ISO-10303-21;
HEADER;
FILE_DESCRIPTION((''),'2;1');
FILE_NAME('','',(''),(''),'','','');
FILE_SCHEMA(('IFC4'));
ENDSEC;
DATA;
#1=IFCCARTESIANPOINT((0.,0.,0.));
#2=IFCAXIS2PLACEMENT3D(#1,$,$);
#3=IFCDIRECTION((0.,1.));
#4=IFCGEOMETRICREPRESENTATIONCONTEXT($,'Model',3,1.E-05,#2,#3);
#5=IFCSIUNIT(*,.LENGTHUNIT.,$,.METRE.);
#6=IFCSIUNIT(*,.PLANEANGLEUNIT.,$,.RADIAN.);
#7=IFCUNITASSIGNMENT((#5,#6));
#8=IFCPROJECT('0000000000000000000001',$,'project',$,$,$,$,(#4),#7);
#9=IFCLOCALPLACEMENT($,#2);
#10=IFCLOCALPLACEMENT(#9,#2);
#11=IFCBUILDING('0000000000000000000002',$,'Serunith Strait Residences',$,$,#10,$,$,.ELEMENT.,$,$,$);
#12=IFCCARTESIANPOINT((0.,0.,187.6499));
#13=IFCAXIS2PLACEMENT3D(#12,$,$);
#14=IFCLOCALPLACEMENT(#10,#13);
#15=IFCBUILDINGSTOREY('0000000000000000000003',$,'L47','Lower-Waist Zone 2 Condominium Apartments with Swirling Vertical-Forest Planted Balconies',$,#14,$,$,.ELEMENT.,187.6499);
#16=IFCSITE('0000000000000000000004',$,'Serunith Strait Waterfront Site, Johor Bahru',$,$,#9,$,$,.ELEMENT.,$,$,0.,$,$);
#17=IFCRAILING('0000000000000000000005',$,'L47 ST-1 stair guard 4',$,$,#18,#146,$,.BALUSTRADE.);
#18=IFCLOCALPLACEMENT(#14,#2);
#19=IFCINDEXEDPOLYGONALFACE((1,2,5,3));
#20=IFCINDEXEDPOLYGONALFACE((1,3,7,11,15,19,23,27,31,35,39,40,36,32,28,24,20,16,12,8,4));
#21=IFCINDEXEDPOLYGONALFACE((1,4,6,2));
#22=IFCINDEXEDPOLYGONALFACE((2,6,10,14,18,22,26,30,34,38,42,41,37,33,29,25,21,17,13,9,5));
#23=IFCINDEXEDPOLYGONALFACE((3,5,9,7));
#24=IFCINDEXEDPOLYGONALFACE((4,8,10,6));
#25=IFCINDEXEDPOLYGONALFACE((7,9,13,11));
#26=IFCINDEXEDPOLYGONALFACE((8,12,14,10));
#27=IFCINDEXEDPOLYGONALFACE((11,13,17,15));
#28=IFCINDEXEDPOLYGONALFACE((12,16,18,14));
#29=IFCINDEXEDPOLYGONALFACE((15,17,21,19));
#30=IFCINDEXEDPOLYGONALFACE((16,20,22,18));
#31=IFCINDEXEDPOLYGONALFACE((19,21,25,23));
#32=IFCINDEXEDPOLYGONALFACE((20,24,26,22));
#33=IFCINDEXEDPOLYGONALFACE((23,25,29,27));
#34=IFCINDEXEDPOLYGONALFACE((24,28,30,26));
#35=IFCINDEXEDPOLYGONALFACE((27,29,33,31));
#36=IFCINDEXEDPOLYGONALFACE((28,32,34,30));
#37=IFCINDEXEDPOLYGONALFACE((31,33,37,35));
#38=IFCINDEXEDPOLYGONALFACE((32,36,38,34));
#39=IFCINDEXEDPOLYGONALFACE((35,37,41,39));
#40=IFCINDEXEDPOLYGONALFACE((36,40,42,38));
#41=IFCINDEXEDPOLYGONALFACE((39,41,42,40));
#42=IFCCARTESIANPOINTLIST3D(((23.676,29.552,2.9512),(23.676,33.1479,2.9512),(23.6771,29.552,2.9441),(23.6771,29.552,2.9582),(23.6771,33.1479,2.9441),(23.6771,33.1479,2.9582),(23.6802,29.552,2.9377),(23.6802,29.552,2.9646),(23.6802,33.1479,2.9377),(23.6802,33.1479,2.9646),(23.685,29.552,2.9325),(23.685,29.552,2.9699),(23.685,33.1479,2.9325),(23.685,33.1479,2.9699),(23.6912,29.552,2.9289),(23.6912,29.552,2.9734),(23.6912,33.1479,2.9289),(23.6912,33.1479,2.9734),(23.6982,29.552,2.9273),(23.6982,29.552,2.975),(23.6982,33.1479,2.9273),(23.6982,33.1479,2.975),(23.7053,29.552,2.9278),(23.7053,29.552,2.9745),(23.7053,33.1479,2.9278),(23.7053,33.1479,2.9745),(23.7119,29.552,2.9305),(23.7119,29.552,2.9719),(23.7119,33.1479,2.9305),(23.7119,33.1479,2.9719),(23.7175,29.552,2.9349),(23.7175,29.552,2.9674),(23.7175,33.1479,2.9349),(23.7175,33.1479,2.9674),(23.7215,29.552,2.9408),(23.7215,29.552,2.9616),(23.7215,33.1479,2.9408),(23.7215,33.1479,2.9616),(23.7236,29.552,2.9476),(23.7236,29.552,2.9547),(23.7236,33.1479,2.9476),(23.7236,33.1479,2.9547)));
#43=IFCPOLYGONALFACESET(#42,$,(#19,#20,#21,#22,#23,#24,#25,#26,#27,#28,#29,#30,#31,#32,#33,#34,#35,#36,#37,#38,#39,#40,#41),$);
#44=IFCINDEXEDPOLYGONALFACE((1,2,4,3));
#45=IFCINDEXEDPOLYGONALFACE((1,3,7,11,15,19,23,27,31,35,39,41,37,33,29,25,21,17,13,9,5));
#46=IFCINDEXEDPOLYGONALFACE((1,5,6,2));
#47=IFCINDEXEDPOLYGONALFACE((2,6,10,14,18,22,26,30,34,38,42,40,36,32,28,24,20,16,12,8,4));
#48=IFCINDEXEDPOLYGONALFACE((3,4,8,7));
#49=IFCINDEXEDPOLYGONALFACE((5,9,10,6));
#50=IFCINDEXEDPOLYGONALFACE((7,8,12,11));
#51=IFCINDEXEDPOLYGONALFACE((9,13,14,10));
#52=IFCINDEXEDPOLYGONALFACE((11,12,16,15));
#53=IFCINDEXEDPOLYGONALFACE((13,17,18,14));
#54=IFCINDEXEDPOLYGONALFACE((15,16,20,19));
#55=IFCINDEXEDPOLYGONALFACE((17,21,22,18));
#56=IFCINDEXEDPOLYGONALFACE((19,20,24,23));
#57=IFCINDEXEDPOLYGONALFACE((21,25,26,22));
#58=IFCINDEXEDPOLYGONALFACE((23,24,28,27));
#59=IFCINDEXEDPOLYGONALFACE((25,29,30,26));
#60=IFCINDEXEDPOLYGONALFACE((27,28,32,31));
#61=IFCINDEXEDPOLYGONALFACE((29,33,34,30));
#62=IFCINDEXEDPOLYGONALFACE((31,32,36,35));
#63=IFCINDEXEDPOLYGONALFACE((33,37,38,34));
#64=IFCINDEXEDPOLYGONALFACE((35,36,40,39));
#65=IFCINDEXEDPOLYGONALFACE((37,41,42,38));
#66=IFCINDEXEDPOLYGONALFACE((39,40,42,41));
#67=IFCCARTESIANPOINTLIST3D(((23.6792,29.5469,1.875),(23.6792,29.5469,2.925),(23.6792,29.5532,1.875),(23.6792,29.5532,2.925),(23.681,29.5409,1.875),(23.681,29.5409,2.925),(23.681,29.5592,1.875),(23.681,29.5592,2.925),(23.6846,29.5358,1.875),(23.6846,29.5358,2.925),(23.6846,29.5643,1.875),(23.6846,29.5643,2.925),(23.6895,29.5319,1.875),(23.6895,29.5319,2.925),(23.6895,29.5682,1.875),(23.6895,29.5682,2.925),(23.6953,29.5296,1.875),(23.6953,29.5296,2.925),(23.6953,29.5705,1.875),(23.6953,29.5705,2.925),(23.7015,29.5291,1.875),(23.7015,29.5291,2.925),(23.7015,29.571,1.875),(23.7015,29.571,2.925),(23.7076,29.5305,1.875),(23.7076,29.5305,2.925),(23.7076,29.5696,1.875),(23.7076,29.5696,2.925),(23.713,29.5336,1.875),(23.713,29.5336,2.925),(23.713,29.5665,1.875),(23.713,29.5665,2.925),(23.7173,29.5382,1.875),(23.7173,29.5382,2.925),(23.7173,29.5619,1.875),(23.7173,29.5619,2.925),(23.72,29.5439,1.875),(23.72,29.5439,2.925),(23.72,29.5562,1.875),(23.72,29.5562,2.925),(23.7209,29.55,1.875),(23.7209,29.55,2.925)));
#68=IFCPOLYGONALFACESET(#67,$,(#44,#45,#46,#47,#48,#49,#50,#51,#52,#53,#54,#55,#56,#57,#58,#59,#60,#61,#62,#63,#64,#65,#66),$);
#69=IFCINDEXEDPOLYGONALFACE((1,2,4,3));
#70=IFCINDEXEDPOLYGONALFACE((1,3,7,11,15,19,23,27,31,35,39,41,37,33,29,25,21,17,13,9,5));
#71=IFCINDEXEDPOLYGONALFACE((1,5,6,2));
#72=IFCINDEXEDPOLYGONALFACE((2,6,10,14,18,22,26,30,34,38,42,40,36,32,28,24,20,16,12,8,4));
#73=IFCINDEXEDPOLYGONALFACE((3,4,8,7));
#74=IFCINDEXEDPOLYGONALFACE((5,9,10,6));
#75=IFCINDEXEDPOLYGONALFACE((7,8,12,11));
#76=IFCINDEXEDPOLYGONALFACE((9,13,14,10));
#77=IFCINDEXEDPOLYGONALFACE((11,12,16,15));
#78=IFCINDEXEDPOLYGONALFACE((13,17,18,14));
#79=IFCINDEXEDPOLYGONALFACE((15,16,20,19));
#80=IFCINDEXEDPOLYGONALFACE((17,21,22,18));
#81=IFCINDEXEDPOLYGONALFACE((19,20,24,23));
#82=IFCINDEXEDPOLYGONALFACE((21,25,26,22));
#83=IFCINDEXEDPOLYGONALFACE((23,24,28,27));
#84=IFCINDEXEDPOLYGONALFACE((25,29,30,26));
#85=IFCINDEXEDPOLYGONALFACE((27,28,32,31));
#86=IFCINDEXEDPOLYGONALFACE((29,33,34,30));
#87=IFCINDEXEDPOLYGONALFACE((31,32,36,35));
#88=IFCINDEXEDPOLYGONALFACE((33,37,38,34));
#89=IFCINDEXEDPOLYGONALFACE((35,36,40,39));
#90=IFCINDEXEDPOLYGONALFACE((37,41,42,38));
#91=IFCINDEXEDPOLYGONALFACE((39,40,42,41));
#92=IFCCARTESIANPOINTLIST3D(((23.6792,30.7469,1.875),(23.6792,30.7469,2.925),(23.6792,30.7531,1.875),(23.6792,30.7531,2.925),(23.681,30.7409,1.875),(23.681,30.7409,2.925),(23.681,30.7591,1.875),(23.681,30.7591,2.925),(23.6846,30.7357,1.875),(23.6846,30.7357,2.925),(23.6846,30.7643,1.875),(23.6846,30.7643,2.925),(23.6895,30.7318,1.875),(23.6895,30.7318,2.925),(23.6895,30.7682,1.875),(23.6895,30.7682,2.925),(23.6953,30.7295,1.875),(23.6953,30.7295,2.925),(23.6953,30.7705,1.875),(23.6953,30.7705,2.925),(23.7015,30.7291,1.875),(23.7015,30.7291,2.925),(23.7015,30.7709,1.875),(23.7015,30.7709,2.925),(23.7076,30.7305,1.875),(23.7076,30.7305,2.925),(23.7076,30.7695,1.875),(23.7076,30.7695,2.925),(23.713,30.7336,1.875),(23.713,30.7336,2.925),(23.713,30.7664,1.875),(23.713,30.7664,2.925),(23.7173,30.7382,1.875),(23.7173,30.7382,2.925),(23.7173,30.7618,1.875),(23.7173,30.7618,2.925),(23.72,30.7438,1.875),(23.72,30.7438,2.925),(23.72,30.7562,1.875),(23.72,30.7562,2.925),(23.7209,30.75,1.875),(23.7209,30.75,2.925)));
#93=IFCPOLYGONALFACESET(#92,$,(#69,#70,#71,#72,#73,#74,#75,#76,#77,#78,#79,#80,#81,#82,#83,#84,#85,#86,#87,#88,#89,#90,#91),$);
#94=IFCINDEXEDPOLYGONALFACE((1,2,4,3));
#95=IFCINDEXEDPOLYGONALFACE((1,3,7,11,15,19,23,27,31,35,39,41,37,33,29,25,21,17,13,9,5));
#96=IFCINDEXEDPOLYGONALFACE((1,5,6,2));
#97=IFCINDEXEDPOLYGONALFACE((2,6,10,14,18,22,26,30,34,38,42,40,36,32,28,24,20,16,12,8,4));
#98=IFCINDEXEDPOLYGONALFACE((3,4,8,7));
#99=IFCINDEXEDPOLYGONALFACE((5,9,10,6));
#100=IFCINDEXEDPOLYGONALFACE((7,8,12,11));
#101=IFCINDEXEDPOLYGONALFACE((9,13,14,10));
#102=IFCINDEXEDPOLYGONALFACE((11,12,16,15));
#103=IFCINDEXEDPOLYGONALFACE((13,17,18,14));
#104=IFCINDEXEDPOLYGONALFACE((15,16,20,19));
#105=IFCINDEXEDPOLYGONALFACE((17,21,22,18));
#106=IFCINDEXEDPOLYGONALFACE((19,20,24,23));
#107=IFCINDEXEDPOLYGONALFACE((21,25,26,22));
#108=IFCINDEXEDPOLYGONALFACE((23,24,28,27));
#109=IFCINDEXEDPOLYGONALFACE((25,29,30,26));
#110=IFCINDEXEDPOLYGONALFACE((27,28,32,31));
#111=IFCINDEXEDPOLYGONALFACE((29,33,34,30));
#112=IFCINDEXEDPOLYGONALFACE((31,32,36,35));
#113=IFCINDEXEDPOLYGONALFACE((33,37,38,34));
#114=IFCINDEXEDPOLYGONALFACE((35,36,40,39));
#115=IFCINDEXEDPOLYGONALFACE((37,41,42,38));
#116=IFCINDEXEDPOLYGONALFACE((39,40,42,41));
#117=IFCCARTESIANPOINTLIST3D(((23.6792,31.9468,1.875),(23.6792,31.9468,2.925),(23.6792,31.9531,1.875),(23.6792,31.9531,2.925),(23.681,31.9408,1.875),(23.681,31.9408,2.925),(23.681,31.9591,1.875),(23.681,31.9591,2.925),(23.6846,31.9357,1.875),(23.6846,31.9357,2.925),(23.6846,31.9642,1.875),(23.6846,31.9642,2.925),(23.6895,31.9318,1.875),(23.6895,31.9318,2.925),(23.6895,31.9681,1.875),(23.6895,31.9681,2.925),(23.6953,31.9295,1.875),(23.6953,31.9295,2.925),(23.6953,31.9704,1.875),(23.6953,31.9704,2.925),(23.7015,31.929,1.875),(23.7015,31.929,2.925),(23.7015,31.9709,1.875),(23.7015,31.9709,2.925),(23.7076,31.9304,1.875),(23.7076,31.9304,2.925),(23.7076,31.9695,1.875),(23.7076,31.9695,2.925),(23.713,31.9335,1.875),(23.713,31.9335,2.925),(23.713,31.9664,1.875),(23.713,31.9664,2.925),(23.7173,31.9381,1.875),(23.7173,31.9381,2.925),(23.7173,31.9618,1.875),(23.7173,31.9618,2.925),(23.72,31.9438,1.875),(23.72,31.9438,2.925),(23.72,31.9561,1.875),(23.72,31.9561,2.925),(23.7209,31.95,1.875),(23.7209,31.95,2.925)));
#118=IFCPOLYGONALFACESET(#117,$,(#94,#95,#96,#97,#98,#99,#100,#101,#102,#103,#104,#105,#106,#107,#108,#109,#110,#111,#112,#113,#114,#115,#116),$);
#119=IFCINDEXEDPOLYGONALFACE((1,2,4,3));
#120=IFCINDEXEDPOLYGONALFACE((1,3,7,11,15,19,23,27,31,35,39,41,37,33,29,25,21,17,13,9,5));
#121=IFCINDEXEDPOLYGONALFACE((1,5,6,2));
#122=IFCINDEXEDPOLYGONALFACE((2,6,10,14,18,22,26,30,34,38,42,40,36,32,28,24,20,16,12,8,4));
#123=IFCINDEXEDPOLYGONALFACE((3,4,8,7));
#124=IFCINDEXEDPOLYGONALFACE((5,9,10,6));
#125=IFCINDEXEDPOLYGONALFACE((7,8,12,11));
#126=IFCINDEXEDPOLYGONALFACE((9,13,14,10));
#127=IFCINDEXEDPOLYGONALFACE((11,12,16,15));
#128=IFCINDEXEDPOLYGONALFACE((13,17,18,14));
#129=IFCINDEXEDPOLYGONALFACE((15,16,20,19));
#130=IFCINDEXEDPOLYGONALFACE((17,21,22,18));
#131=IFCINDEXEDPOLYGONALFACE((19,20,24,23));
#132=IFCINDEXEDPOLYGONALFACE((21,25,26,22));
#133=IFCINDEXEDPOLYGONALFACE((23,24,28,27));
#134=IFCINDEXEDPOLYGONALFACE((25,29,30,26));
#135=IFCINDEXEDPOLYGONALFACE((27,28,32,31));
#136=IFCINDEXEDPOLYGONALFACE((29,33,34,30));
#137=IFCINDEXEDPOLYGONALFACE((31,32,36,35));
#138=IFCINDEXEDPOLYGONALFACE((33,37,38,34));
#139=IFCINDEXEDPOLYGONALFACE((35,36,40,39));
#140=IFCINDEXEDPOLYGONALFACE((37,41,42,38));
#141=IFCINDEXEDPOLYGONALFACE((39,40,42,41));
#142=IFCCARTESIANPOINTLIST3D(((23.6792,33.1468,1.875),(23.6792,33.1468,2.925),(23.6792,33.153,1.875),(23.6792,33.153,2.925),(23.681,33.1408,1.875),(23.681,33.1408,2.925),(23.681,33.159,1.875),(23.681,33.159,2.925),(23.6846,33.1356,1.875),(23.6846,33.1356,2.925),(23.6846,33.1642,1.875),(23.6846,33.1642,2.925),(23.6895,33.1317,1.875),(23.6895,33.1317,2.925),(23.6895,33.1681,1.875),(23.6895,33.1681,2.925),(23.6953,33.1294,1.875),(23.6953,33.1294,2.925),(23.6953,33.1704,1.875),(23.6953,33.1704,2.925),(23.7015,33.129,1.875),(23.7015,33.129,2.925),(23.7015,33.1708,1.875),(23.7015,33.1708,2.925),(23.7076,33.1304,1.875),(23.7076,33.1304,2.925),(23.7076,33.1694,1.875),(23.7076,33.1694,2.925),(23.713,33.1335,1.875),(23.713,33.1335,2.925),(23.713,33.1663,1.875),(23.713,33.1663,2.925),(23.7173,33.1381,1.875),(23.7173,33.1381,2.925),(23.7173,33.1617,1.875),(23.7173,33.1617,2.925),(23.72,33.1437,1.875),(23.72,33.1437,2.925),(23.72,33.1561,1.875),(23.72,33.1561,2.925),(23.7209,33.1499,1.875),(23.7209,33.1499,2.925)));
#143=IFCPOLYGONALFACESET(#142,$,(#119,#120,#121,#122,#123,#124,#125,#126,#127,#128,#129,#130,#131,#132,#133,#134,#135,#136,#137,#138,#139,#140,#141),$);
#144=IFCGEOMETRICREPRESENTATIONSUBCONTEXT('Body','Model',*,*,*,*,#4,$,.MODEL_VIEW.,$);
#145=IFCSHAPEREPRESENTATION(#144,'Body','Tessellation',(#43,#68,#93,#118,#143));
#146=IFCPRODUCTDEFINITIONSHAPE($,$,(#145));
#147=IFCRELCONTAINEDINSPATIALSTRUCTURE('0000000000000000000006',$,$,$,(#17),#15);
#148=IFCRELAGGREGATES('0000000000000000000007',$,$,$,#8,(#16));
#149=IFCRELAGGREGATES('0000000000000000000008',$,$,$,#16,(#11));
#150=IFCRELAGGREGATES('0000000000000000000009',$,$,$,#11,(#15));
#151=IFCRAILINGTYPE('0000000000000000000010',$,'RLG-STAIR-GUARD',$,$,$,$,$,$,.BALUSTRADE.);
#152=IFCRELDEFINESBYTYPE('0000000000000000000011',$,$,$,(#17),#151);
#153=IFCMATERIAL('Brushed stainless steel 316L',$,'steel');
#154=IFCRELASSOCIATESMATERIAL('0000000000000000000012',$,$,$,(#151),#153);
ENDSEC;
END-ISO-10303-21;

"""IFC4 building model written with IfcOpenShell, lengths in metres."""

from ifc_helpers import new_model, si_unit, direction, frame, origin, origin_2d, place, context, subcontext, project, spatial, circle, extrude, material, type_object, element, save


model = new_model("IFC4")

# Units and contexts
model_context = context("Model", 3, precision=1e-05, world=origin(), true_north=direction((0.0, 1.0)))
body_context = subcontext(model_context, "Body", "Model", "MODEL_VIEW")
ifc_project = project(units=[si_unit("LENGTHUNIT", "METRE"), si_unit("PLANEANGLEUNIT", "RADIAN")], contexts=[model_context])

# Site, building, storey
site_placement = place(None, origin())
site = spatial("IfcSite", under=ifc_project, at=site_placement, Name="Serunith Strait Waterfront Site, Johor Bahru", CompositionType="ELEMENT", RefElevation=0.0)
building_placement = place(site_placement, origin())
building = spatial("IfcBuilding", under=site, at=building_placement, Name="Serunith Strait Residences", CompositionType="ELEMENT")
storey_placement = place(building_placement, frame((0.0, 0.0, 187.6499)))
storey = spatial("IfcBuildingStorey", under=building, at=storey_placement, Name="L47", Description="Lower-Waist Zone 2 Condominium Apartments with Swirling Vertical-Forest Planted Balconies", CompositionType="ELEMENT", Elevation=187.6499)

# Railing
ifc_material_1 = material(Name="Brushed stainless steel 316L", Category="steel")
railing_type_1 = type_object("IfcRailingType", Name="RLG-STAIR-GUARD", PredefinedType="BALUSTRADE", material=ifc_material_1)
for number, where, name in (
    (1, (23.7, 29.55, 1.875), "L47 ST-1 stair guard 4"),
):
    element("IfcRailing", number, at=place(storey_placement, frame(where)), inside=storey, type_object=railing_type_1, Name=name, PredefinedType="BALUSTRADE", context=body_context, shape_type="SweptSolid", body=[
        extrude(circle(Radius=0.0239, at=origin_2d()), frame((0.0, 0.002, 1.0762), z_axis=(0.0, 1.0, 0.0), x_axis=(-1.0, 0.0, 0.0)), (0.0, 0.0, 1.0), 3.5959),
        extrude(circle(Radius=0.021, at=origin_2d()), origin(), (0.0, 0.0, 1.0), 1.05),
        extrude(circle(Radius=0.021, at=origin_2d()), frame((0.0, 1.2, 0.0)), (0.0, 0.0, 1.0), 1.05),
        extrude(circle(Radius=0.021, at=origin_2d()), frame((0.0, 2.3999, 0.0)), (0.0, 0.0, 1.0), 1.05),
        extrude(circle(Radius=0.021, at=origin_2d()), frame((0.0, 3.5999, 0.0)), (0.0, 0.0, 1.0), 1.05),
    ])

save(model, "model.ifc")
